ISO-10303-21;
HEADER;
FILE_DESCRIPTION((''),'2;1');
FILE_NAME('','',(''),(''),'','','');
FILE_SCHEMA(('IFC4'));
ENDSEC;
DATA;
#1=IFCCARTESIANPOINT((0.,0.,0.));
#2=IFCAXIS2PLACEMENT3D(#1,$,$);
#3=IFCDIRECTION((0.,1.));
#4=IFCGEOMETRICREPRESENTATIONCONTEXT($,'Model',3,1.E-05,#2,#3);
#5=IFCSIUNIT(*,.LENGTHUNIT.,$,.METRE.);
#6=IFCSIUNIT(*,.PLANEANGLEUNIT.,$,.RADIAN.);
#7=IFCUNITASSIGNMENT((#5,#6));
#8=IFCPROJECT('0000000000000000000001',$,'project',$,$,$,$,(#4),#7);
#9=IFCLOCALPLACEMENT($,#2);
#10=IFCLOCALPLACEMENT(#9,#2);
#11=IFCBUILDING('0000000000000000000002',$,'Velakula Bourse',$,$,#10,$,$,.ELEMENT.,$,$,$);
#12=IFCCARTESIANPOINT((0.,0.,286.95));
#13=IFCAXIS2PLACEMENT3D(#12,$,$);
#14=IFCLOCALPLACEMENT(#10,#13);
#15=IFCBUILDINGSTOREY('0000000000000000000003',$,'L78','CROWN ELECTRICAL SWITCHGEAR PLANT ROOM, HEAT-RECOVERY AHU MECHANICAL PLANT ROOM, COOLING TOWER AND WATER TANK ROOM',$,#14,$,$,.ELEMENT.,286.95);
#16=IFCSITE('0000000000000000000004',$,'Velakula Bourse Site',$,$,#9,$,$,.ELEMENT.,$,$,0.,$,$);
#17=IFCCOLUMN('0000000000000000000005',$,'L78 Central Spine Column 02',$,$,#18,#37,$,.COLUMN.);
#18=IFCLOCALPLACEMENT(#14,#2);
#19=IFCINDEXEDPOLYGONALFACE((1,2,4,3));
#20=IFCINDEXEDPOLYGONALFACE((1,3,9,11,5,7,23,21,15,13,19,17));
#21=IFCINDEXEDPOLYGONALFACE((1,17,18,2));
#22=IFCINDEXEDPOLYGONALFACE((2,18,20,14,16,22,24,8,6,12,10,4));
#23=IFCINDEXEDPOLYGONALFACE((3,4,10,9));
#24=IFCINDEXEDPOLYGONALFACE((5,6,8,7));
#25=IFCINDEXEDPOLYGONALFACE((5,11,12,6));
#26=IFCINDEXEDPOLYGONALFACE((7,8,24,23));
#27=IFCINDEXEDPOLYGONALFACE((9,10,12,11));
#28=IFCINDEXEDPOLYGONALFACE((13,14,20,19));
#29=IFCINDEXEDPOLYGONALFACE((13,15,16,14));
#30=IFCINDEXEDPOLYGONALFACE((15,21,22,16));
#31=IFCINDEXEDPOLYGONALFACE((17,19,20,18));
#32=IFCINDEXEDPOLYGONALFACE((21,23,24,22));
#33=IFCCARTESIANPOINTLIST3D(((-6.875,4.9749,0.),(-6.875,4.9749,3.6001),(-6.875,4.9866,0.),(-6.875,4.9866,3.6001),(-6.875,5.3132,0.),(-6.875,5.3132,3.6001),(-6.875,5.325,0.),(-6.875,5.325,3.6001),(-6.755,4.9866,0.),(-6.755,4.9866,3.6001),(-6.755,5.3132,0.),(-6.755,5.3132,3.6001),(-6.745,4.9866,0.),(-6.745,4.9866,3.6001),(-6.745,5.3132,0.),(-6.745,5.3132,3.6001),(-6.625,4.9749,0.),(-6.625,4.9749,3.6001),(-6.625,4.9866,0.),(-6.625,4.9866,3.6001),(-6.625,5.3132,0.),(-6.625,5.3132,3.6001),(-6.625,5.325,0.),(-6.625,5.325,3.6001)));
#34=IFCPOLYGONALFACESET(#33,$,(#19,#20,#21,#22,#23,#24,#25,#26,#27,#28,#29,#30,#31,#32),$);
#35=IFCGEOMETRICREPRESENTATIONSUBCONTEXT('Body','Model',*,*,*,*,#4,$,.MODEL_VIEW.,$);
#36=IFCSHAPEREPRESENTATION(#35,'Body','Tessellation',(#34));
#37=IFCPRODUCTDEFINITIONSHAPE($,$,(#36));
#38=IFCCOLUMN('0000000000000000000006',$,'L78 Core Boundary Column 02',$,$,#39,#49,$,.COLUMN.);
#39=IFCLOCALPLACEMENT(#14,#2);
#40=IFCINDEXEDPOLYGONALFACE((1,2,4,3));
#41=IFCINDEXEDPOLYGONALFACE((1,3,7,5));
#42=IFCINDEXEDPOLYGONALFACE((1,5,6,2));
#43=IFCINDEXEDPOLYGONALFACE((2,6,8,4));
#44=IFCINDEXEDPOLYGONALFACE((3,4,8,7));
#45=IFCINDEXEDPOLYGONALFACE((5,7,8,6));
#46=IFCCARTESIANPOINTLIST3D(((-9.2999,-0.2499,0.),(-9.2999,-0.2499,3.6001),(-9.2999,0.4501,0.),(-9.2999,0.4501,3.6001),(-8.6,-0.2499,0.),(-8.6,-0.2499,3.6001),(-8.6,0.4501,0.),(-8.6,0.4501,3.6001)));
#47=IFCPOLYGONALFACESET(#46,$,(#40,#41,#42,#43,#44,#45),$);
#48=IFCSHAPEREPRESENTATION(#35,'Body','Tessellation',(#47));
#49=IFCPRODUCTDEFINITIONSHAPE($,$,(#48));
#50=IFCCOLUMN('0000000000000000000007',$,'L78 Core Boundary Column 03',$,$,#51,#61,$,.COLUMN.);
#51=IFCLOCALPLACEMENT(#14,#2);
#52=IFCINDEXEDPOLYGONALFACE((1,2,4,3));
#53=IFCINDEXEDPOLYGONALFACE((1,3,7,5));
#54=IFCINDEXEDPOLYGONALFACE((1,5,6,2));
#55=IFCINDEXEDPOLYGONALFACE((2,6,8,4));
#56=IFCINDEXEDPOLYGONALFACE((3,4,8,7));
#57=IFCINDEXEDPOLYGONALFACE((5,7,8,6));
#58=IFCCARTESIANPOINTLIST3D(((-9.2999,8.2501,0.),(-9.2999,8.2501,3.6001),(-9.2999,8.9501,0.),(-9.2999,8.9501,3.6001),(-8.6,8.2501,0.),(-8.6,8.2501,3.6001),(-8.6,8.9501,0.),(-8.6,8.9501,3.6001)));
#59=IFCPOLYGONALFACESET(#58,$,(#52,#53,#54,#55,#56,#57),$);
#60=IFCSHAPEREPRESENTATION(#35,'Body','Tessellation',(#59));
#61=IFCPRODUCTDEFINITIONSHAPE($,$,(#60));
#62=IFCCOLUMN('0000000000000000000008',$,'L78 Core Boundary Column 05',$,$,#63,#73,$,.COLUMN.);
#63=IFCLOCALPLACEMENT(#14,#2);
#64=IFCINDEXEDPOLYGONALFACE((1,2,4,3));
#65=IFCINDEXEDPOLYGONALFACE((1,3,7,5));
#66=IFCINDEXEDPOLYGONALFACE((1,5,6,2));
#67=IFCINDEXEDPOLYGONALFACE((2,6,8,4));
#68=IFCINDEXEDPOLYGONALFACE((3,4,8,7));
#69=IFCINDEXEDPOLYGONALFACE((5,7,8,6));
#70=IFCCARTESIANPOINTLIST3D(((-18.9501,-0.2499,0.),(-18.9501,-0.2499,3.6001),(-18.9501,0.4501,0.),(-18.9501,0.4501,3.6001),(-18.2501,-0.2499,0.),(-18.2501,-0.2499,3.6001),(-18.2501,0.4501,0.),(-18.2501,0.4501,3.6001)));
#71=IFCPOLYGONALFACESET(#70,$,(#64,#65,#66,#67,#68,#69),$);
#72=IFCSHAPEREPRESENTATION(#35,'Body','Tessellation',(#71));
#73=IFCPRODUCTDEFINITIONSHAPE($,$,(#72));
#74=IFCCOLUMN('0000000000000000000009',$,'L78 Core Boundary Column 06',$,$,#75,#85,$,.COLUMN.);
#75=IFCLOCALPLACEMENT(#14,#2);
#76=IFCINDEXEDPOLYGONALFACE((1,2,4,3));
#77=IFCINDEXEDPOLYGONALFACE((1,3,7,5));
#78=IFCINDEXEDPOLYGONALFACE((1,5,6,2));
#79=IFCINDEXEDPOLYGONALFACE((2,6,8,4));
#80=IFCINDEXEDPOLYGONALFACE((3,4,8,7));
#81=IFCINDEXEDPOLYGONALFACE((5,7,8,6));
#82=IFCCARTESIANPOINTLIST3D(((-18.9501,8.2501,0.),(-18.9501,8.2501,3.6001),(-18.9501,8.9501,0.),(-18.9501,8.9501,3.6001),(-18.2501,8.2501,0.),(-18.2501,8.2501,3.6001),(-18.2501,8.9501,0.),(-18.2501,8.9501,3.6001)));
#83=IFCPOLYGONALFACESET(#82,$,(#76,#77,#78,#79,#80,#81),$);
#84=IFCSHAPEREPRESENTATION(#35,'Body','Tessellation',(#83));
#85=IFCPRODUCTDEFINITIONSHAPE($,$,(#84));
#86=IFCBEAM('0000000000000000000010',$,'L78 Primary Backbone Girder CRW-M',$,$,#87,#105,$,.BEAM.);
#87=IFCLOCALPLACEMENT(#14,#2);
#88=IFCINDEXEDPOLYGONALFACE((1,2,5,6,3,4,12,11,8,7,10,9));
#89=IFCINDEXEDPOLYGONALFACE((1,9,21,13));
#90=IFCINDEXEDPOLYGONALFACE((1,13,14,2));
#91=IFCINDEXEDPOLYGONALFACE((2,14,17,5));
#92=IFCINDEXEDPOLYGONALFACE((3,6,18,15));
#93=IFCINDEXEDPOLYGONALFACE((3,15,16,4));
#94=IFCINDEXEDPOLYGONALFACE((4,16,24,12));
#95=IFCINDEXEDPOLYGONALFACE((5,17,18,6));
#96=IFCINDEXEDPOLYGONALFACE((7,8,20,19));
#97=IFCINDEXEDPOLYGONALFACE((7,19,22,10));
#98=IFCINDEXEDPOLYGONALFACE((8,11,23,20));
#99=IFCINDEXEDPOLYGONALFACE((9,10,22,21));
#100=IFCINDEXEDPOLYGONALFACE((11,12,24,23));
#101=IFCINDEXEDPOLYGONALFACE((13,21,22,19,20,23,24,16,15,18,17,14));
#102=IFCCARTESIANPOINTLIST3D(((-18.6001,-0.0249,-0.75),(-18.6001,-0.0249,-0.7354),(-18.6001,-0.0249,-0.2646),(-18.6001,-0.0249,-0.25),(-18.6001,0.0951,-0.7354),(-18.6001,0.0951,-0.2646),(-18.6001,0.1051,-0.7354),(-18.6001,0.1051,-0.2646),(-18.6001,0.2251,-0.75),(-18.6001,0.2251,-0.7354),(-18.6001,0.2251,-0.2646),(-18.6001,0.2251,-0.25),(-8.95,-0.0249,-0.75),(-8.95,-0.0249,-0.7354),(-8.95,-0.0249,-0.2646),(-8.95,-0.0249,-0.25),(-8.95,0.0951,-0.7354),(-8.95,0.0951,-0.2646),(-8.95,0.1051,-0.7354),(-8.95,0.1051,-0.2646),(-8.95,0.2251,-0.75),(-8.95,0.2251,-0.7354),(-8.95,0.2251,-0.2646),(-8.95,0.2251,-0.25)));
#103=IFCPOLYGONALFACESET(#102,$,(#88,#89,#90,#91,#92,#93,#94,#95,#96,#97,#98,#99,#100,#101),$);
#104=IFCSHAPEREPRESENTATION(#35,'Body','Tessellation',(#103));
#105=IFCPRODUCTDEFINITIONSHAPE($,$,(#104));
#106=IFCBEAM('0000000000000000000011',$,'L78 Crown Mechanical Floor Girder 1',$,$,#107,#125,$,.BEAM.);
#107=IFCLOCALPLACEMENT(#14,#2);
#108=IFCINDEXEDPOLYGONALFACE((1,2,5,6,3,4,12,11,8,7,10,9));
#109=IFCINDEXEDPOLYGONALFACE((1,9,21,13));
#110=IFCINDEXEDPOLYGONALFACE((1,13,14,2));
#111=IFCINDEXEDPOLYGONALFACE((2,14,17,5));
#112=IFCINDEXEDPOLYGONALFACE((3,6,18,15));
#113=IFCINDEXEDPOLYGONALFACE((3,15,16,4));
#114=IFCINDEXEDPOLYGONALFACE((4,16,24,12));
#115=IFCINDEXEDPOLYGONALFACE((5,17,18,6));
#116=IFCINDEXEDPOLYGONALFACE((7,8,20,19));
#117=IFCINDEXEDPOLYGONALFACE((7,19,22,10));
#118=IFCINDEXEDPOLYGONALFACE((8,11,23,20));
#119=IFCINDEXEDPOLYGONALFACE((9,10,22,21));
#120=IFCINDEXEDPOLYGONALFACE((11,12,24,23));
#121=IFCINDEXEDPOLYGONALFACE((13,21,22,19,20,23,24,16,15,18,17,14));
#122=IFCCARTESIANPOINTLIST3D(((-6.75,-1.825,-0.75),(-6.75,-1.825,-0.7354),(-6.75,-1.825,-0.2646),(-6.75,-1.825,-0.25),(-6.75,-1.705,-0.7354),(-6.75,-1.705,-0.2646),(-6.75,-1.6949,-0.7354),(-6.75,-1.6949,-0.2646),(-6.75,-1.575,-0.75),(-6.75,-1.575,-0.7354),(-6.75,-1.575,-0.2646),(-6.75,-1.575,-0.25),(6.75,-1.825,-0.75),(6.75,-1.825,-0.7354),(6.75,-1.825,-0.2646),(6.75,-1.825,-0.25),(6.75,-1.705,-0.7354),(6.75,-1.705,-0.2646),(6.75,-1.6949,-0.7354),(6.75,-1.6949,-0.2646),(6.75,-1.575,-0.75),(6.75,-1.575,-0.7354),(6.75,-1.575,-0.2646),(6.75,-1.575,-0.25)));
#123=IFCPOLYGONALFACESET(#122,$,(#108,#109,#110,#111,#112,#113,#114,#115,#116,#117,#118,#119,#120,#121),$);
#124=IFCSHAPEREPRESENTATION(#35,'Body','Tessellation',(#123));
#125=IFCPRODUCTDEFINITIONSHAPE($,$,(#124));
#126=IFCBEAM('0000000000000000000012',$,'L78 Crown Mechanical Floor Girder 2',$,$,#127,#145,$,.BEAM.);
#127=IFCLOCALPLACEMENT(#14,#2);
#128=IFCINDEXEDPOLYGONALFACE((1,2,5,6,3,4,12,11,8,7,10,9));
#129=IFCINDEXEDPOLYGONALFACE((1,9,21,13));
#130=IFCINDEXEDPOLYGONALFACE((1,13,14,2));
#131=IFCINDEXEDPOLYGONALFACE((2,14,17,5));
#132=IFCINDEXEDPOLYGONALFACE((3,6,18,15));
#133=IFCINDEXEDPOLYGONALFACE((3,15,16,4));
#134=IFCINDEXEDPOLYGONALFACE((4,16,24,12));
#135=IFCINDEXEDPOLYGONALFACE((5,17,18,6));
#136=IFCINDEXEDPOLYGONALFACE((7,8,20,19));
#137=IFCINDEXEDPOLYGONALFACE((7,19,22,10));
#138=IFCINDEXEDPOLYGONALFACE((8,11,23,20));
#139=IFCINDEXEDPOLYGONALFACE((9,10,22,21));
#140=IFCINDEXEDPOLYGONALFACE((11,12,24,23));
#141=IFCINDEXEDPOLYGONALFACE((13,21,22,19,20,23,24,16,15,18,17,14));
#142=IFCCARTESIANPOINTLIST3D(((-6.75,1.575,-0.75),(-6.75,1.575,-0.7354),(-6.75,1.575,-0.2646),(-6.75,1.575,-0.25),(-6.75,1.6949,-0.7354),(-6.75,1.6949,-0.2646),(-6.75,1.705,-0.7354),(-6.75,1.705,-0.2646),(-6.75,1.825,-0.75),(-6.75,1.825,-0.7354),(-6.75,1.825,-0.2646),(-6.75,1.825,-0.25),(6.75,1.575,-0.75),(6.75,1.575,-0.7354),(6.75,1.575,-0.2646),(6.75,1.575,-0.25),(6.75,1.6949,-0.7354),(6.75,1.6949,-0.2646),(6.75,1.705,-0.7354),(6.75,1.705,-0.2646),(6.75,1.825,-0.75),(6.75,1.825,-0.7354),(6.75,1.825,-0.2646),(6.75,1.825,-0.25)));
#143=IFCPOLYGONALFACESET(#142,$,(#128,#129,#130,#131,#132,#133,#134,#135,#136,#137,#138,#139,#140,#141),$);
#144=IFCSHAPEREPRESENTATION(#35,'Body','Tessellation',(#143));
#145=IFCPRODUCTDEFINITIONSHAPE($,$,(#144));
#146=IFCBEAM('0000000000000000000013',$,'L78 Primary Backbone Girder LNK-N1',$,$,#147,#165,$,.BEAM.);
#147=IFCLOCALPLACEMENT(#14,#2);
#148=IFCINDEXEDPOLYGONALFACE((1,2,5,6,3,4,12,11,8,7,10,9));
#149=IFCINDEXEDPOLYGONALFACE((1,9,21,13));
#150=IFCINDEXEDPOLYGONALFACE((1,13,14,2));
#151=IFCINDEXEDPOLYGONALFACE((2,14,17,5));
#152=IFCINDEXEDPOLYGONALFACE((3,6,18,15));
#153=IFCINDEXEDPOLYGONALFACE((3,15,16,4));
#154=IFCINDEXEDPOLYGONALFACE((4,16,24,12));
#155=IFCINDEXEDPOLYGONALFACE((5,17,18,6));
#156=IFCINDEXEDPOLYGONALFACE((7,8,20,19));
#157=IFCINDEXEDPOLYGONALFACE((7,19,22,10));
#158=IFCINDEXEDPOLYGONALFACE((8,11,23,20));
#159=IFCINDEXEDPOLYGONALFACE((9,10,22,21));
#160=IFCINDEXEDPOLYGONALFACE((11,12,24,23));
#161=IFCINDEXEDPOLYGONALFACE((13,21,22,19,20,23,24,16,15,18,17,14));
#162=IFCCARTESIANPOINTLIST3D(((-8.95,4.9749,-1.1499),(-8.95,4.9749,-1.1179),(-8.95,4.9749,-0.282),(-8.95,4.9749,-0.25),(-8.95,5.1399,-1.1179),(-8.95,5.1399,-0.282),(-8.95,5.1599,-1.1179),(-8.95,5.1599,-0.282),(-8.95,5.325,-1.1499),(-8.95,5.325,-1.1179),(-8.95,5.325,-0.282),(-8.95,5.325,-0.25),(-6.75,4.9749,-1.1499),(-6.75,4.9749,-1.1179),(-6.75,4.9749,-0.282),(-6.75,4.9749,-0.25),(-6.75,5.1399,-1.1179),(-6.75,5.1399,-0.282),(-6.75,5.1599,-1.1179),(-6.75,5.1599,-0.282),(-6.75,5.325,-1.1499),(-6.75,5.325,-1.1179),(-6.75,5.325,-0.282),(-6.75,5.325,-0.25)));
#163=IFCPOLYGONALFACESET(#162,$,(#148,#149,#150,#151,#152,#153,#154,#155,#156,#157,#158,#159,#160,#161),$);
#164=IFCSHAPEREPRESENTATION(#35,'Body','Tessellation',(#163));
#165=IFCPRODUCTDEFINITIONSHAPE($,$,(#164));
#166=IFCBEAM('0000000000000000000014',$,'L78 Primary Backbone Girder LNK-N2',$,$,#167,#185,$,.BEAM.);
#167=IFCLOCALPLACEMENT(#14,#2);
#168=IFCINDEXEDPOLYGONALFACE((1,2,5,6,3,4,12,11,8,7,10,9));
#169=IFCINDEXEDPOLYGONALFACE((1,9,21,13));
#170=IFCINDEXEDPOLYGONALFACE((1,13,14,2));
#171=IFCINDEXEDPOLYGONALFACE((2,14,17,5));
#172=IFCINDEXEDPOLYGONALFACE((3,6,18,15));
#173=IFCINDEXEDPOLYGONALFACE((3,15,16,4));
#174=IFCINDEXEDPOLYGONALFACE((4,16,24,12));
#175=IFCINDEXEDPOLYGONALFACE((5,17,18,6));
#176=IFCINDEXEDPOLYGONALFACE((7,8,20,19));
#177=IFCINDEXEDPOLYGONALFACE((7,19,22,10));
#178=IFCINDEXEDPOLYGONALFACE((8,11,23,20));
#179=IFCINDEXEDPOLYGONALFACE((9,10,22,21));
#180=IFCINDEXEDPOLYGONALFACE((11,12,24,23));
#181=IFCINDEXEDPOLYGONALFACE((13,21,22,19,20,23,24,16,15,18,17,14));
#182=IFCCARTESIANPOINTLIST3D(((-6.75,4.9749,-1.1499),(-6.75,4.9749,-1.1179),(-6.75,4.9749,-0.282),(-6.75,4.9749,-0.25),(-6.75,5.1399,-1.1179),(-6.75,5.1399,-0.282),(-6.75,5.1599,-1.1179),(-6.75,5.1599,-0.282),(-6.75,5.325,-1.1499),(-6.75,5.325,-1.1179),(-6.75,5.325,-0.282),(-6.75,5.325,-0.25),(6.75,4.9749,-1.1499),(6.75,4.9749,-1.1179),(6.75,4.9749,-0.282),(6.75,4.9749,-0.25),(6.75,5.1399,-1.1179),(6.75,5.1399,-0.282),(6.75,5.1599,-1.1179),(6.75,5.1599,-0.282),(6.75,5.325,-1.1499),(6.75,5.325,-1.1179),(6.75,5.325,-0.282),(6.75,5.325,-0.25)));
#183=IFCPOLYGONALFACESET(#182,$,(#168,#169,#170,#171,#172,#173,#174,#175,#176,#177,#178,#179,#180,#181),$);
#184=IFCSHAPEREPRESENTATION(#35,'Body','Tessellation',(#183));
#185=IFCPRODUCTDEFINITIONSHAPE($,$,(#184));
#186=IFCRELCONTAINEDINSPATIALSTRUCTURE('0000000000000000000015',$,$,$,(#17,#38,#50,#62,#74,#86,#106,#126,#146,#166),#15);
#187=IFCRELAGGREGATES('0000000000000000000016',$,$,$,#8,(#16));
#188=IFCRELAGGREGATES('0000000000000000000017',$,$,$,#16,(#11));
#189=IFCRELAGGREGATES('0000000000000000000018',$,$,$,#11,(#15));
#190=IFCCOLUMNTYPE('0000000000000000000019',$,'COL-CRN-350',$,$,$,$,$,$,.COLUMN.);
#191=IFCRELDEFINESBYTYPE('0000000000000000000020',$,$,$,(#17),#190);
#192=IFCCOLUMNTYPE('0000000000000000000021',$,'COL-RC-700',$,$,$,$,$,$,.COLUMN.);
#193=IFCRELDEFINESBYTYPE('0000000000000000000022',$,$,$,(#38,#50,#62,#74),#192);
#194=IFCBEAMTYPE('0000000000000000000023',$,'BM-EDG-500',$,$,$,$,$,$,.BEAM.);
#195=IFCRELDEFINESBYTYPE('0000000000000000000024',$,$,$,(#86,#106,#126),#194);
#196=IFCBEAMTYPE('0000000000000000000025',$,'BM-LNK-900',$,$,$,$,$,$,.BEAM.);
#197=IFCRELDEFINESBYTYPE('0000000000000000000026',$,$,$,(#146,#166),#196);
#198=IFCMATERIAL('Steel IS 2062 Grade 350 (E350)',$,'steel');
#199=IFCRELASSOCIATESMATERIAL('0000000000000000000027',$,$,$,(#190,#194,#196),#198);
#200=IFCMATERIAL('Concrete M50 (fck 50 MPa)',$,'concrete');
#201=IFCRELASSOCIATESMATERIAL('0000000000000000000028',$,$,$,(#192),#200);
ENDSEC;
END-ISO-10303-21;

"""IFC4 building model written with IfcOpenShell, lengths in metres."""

from ifc_helpers import new_model, si_unit, direction, frame, origin, origin_2d, place, context, subcontext, project, spatial, rectangle, i_section, extrude, material, material_profile, profile_set, type_object, element, save


model = new_model("IFC4")

# Units and contexts
model_context = context("Model", 3, precision=1e-05, world=origin(), true_north=direction((0.0, 1.0)))
body_context = subcontext(model_context, "Body", "Model", "MODEL_VIEW")
ifc_project = project(units=[si_unit("LENGTHUNIT", "METRE"), si_unit("PLANEANGLEUNIT", "RADIAN")], contexts=[model_context])

# Site, building, storey
site_placement = place(None, origin())
site = spatial("IfcSite", under=ifc_project, at=site_placement, Name="Velakula Bourse Site", CompositionType="ELEMENT", RefElevation=0.0)
building_placement = place(site_placement, origin())
building = spatial("IfcBuilding", under=site, at=building_placement, Name="Velakula Bourse", CompositionType="ELEMENT")
storey_placement = place(building_placement, frame((0.0, 0.0, 286.95)))
storey = spatial("IfcBuildingStorey", under=building, at=storey_placement, Name="L78", Description="CROWN ELECTRICAL SWITCHGEAR PLANT ROOM, HEAT-RECOVERY AHU MECHANICAL PLANT ROOM, COOLING TOWER AND WATER TANK ROOM", CompositionType="ELEMENT", Elevation=286.95)

# Columns
ifc_material_1 = material(Name="Steel IS 2062 Grade 350 (E350)", Category="steel")
ifc_material_profile_1 = material_profile(ifc_material_1, i_section(OverallWidth=0.25, OverallDepth=0.3501, WebThickness=0.01, FlangeThickness=0.0117, at=origin_2d()), Name="Steel IS 2062 Grade 350 (E350)")
ifc_profile_set_1 = profile_set([ifc_material_profile_1], Name="Steel IS 2062 Grade 350 (E350)")
column_type_1 = type_object("IfcColumnType", Name="COL-CRN-350", PredefinedType="COLUMN", material=ifc_profile_set_1)
column_placement = place(storey_placement, frame((-6.75, 5.1499, 0.0), z_axis=(0.0, 0.0, 1.0), x_axis=(1.0, 0.0, 0.0)))
element("IfcColumn", 1, at=column_placement, inside=storey, type_object=column_type_1, Name="L78 Central Spine Column 02", PredefinedType="COLUMN", context=body_context, shape_type="SweptSolid", body=[
    extrude(i_section(OverallWidth=0.25, OverallDepth=0.3501, WebThickness=0.01, FlangeThickness=0.0117, at=origin_2d()), origin(), (0.0, 0.0, 1.0), 3.6001),
])
ifc_material_2 = material(Name="Concrete M50 (fck 50 MPa)", Category="concrete")
ifc_material_profile_2 = material_profile(ifc_material_2, rectangle(XDim=0.7, YDim=0.7, at=origin_2d()), Name="Concrete M50 (fck 50 MPa)")
ifc_profile_set_2 = profile_set([ifc_material_profile_2], Name="Concrete M50 (fck 50 MPa)")
column_type_2 = type_object("IfcColumnType", Name="COL-RC-700", PredefinedType="COLUMN", material=ifc_profile_set_2)
for number, where, z_axis, x_axis, name in (
    (2, (-8.95, 0.1001, 0.0), (0.0, 0.0, 1.0), (1.0, 0.0, 0.0), "L78 Core Boundary Column 02"),
    (3, (-8.95, 8.6001, 0.0), (0.0, 0.0, 1.0), (1.0, 0.0, 0.0), "L78 Core Boundary Column 03"),
    (4, (-18.6001, 0.1001, 0.0), (0.0, 0.0, 1.0), (1.0, 0.0, 0.0), "L78 Core Boundary Column 05"),
    (5, (-18.6001, 8.6001, 0.0), (0.0, 0.0, 1.0), (1.0, 0.0, 0.0), "L78 Core Boundary Column 06"),
):
    element("IfcColumn", number, at=place(storey_placement, frame(where, z_axis=z_axis, x_axis=x_axis)), inside=storey, type_object=column_type_2, Name=name, PredefinedType="COLUMN", context=body_context, shape_type="SweptSolid", body=[
        extrude(rectangle(XDim=0.7, YDim=0.7, at=origin_2d()), origin(), (0.0, 0.0, 1.0), 3.6001),
    ])

# Beams
ifc_material_profile_3 = material_profile(ifc_material_1, i_section(OverallWidth=0.25, OverallDepth=0.5, WebThickness=0.01, FlangeThickness=0.0146, at=origin_2d()), Name="Steel IS 2062 Grade 350 (E350)")
ifc_profile_set_3 = profile_set([ifc_material_profile_3], Name="Steel IS 2062 Grade 350 (E350)")
beam_type_1 = type_object("IfcBeamType", Name="BM-EDG-500", PredefinedType="BEAM", material=ifc_profile_set_3)
beam_1_placement = place(storey_placement, frame((-18.6001, 0.1001, -0.5), z_axis=(1.0, 0.0, 0.0), x_axis=(0.0, 1.0, 0.0)))
element("IfcBeam", 6, at=beam_1_placement, inside=storey, type_object=beam_type_1, Name="L78 Primary Backbone Girder CRW-M", PredefinedType="BEAM", context=body_context, shape_type="SweptSolid", body=[
    extrude(i_section(OverallWidth=0.25, OverallDepth=0.5, WebThickness=0.01, FlangeThickness=0.0146, at=origin_2d()), origin(), (0.0, 0.0, 1.0), 9.6501),
])
for number, where, z_axis, x_axis, name in (
    (7, (-6.75, -1.7, -0.5), (1.0, 0.0, 0.0), (0.0, 1.0, 0.0), "L78 Crown Mechanical Floor Girder 1"),
    (8, (-6.75, 1.7, -0.5), (1.0, 0.0, 0.0), (0.0, 1.0, 0.0), "L78 Crown Mechanical Floor Girder 2"),
):
    element("IfcBeam", number, at=place(storey_placement, frame(where, z_axis=z_axis, x_axis=x_axis)), inside=storey, type_object=beam_type_1, Name=name, PredefinedType="BEAM", context=body_context, shape_type="SweptSolid", body=[
        extrude(i_section(OverallWidth=0.25, OverallDepth=0.5, WebThickness=0.01, FlangeThickness=0.0146, at=origin_2d()), origin(), (0.0, 0.0, 1.0), 13.5),
    ])
ifc_material_profile_4 = material_profile(ifc_material_1, i_section(OverallWidth=0.3501, OverallDepth=0.8999, WebThickness=0.02, FlangeThickness=0.032, at=origin_2d()), Name="Steel IS 2062 Grade 350 (E350)")
ifc_profile_set_4 = profile_set([ifc_material_profile_4], Name="Steel IS 2062 Grade 350 (E350)")
beam_type_2 = type_object("IfcBeamType", Name="BM-LNK-900", PredefinedType="BEAM", material=ifc_profile_set_4)
beam_2_placement = place(storey_placement, frame((-8.95, 5.1499, -0.7), z_axis=(1.0, 0.0, 0.0), x_axis=(0.0, 1.0, 0.0)))
element("IfcBeam", 9, at=beam_2_placement, inside=storey, type_object=beam_type_2, Name="L78 Primary Backbone Girder LNK-N1", PredefinedType="BEAM", context=body_context, shape_type="SweptSolid", body=[
    extrude(i_section(OverallWidth=0.3501, OverallDepth=0.8999, WebThickness=0.02, FlangeThickness=0.032, at=origin_2d()), origin(), (0.0, 0.0, 1.0), 2.2),
])
beam_3_placement = place(storey_placement, frame((-6.75, 5.1499, -0.7), z_axis=(1.0, 0.0, 0.0), x_axis=(0.0, 1.0, 0.0)))
element("IfcBeam", 10, at=beam_3_placement, inside=storey, type_object=beam_type_2, Name="L78 Primary Backbone Girder LNK-N2", PredefinedType="BEAM", context=body_context, shape_type="SweptSolid", body=[
    extrude(i_section(OverallWidth=0.3501, OverallDepth=0.8999, WebThickness=0.02, FlangeThickness=0.032, at=origin_2d()), origin(), (0.0, 0.0, 1.0), 13.5),
])

save(model, "model.ifc")
